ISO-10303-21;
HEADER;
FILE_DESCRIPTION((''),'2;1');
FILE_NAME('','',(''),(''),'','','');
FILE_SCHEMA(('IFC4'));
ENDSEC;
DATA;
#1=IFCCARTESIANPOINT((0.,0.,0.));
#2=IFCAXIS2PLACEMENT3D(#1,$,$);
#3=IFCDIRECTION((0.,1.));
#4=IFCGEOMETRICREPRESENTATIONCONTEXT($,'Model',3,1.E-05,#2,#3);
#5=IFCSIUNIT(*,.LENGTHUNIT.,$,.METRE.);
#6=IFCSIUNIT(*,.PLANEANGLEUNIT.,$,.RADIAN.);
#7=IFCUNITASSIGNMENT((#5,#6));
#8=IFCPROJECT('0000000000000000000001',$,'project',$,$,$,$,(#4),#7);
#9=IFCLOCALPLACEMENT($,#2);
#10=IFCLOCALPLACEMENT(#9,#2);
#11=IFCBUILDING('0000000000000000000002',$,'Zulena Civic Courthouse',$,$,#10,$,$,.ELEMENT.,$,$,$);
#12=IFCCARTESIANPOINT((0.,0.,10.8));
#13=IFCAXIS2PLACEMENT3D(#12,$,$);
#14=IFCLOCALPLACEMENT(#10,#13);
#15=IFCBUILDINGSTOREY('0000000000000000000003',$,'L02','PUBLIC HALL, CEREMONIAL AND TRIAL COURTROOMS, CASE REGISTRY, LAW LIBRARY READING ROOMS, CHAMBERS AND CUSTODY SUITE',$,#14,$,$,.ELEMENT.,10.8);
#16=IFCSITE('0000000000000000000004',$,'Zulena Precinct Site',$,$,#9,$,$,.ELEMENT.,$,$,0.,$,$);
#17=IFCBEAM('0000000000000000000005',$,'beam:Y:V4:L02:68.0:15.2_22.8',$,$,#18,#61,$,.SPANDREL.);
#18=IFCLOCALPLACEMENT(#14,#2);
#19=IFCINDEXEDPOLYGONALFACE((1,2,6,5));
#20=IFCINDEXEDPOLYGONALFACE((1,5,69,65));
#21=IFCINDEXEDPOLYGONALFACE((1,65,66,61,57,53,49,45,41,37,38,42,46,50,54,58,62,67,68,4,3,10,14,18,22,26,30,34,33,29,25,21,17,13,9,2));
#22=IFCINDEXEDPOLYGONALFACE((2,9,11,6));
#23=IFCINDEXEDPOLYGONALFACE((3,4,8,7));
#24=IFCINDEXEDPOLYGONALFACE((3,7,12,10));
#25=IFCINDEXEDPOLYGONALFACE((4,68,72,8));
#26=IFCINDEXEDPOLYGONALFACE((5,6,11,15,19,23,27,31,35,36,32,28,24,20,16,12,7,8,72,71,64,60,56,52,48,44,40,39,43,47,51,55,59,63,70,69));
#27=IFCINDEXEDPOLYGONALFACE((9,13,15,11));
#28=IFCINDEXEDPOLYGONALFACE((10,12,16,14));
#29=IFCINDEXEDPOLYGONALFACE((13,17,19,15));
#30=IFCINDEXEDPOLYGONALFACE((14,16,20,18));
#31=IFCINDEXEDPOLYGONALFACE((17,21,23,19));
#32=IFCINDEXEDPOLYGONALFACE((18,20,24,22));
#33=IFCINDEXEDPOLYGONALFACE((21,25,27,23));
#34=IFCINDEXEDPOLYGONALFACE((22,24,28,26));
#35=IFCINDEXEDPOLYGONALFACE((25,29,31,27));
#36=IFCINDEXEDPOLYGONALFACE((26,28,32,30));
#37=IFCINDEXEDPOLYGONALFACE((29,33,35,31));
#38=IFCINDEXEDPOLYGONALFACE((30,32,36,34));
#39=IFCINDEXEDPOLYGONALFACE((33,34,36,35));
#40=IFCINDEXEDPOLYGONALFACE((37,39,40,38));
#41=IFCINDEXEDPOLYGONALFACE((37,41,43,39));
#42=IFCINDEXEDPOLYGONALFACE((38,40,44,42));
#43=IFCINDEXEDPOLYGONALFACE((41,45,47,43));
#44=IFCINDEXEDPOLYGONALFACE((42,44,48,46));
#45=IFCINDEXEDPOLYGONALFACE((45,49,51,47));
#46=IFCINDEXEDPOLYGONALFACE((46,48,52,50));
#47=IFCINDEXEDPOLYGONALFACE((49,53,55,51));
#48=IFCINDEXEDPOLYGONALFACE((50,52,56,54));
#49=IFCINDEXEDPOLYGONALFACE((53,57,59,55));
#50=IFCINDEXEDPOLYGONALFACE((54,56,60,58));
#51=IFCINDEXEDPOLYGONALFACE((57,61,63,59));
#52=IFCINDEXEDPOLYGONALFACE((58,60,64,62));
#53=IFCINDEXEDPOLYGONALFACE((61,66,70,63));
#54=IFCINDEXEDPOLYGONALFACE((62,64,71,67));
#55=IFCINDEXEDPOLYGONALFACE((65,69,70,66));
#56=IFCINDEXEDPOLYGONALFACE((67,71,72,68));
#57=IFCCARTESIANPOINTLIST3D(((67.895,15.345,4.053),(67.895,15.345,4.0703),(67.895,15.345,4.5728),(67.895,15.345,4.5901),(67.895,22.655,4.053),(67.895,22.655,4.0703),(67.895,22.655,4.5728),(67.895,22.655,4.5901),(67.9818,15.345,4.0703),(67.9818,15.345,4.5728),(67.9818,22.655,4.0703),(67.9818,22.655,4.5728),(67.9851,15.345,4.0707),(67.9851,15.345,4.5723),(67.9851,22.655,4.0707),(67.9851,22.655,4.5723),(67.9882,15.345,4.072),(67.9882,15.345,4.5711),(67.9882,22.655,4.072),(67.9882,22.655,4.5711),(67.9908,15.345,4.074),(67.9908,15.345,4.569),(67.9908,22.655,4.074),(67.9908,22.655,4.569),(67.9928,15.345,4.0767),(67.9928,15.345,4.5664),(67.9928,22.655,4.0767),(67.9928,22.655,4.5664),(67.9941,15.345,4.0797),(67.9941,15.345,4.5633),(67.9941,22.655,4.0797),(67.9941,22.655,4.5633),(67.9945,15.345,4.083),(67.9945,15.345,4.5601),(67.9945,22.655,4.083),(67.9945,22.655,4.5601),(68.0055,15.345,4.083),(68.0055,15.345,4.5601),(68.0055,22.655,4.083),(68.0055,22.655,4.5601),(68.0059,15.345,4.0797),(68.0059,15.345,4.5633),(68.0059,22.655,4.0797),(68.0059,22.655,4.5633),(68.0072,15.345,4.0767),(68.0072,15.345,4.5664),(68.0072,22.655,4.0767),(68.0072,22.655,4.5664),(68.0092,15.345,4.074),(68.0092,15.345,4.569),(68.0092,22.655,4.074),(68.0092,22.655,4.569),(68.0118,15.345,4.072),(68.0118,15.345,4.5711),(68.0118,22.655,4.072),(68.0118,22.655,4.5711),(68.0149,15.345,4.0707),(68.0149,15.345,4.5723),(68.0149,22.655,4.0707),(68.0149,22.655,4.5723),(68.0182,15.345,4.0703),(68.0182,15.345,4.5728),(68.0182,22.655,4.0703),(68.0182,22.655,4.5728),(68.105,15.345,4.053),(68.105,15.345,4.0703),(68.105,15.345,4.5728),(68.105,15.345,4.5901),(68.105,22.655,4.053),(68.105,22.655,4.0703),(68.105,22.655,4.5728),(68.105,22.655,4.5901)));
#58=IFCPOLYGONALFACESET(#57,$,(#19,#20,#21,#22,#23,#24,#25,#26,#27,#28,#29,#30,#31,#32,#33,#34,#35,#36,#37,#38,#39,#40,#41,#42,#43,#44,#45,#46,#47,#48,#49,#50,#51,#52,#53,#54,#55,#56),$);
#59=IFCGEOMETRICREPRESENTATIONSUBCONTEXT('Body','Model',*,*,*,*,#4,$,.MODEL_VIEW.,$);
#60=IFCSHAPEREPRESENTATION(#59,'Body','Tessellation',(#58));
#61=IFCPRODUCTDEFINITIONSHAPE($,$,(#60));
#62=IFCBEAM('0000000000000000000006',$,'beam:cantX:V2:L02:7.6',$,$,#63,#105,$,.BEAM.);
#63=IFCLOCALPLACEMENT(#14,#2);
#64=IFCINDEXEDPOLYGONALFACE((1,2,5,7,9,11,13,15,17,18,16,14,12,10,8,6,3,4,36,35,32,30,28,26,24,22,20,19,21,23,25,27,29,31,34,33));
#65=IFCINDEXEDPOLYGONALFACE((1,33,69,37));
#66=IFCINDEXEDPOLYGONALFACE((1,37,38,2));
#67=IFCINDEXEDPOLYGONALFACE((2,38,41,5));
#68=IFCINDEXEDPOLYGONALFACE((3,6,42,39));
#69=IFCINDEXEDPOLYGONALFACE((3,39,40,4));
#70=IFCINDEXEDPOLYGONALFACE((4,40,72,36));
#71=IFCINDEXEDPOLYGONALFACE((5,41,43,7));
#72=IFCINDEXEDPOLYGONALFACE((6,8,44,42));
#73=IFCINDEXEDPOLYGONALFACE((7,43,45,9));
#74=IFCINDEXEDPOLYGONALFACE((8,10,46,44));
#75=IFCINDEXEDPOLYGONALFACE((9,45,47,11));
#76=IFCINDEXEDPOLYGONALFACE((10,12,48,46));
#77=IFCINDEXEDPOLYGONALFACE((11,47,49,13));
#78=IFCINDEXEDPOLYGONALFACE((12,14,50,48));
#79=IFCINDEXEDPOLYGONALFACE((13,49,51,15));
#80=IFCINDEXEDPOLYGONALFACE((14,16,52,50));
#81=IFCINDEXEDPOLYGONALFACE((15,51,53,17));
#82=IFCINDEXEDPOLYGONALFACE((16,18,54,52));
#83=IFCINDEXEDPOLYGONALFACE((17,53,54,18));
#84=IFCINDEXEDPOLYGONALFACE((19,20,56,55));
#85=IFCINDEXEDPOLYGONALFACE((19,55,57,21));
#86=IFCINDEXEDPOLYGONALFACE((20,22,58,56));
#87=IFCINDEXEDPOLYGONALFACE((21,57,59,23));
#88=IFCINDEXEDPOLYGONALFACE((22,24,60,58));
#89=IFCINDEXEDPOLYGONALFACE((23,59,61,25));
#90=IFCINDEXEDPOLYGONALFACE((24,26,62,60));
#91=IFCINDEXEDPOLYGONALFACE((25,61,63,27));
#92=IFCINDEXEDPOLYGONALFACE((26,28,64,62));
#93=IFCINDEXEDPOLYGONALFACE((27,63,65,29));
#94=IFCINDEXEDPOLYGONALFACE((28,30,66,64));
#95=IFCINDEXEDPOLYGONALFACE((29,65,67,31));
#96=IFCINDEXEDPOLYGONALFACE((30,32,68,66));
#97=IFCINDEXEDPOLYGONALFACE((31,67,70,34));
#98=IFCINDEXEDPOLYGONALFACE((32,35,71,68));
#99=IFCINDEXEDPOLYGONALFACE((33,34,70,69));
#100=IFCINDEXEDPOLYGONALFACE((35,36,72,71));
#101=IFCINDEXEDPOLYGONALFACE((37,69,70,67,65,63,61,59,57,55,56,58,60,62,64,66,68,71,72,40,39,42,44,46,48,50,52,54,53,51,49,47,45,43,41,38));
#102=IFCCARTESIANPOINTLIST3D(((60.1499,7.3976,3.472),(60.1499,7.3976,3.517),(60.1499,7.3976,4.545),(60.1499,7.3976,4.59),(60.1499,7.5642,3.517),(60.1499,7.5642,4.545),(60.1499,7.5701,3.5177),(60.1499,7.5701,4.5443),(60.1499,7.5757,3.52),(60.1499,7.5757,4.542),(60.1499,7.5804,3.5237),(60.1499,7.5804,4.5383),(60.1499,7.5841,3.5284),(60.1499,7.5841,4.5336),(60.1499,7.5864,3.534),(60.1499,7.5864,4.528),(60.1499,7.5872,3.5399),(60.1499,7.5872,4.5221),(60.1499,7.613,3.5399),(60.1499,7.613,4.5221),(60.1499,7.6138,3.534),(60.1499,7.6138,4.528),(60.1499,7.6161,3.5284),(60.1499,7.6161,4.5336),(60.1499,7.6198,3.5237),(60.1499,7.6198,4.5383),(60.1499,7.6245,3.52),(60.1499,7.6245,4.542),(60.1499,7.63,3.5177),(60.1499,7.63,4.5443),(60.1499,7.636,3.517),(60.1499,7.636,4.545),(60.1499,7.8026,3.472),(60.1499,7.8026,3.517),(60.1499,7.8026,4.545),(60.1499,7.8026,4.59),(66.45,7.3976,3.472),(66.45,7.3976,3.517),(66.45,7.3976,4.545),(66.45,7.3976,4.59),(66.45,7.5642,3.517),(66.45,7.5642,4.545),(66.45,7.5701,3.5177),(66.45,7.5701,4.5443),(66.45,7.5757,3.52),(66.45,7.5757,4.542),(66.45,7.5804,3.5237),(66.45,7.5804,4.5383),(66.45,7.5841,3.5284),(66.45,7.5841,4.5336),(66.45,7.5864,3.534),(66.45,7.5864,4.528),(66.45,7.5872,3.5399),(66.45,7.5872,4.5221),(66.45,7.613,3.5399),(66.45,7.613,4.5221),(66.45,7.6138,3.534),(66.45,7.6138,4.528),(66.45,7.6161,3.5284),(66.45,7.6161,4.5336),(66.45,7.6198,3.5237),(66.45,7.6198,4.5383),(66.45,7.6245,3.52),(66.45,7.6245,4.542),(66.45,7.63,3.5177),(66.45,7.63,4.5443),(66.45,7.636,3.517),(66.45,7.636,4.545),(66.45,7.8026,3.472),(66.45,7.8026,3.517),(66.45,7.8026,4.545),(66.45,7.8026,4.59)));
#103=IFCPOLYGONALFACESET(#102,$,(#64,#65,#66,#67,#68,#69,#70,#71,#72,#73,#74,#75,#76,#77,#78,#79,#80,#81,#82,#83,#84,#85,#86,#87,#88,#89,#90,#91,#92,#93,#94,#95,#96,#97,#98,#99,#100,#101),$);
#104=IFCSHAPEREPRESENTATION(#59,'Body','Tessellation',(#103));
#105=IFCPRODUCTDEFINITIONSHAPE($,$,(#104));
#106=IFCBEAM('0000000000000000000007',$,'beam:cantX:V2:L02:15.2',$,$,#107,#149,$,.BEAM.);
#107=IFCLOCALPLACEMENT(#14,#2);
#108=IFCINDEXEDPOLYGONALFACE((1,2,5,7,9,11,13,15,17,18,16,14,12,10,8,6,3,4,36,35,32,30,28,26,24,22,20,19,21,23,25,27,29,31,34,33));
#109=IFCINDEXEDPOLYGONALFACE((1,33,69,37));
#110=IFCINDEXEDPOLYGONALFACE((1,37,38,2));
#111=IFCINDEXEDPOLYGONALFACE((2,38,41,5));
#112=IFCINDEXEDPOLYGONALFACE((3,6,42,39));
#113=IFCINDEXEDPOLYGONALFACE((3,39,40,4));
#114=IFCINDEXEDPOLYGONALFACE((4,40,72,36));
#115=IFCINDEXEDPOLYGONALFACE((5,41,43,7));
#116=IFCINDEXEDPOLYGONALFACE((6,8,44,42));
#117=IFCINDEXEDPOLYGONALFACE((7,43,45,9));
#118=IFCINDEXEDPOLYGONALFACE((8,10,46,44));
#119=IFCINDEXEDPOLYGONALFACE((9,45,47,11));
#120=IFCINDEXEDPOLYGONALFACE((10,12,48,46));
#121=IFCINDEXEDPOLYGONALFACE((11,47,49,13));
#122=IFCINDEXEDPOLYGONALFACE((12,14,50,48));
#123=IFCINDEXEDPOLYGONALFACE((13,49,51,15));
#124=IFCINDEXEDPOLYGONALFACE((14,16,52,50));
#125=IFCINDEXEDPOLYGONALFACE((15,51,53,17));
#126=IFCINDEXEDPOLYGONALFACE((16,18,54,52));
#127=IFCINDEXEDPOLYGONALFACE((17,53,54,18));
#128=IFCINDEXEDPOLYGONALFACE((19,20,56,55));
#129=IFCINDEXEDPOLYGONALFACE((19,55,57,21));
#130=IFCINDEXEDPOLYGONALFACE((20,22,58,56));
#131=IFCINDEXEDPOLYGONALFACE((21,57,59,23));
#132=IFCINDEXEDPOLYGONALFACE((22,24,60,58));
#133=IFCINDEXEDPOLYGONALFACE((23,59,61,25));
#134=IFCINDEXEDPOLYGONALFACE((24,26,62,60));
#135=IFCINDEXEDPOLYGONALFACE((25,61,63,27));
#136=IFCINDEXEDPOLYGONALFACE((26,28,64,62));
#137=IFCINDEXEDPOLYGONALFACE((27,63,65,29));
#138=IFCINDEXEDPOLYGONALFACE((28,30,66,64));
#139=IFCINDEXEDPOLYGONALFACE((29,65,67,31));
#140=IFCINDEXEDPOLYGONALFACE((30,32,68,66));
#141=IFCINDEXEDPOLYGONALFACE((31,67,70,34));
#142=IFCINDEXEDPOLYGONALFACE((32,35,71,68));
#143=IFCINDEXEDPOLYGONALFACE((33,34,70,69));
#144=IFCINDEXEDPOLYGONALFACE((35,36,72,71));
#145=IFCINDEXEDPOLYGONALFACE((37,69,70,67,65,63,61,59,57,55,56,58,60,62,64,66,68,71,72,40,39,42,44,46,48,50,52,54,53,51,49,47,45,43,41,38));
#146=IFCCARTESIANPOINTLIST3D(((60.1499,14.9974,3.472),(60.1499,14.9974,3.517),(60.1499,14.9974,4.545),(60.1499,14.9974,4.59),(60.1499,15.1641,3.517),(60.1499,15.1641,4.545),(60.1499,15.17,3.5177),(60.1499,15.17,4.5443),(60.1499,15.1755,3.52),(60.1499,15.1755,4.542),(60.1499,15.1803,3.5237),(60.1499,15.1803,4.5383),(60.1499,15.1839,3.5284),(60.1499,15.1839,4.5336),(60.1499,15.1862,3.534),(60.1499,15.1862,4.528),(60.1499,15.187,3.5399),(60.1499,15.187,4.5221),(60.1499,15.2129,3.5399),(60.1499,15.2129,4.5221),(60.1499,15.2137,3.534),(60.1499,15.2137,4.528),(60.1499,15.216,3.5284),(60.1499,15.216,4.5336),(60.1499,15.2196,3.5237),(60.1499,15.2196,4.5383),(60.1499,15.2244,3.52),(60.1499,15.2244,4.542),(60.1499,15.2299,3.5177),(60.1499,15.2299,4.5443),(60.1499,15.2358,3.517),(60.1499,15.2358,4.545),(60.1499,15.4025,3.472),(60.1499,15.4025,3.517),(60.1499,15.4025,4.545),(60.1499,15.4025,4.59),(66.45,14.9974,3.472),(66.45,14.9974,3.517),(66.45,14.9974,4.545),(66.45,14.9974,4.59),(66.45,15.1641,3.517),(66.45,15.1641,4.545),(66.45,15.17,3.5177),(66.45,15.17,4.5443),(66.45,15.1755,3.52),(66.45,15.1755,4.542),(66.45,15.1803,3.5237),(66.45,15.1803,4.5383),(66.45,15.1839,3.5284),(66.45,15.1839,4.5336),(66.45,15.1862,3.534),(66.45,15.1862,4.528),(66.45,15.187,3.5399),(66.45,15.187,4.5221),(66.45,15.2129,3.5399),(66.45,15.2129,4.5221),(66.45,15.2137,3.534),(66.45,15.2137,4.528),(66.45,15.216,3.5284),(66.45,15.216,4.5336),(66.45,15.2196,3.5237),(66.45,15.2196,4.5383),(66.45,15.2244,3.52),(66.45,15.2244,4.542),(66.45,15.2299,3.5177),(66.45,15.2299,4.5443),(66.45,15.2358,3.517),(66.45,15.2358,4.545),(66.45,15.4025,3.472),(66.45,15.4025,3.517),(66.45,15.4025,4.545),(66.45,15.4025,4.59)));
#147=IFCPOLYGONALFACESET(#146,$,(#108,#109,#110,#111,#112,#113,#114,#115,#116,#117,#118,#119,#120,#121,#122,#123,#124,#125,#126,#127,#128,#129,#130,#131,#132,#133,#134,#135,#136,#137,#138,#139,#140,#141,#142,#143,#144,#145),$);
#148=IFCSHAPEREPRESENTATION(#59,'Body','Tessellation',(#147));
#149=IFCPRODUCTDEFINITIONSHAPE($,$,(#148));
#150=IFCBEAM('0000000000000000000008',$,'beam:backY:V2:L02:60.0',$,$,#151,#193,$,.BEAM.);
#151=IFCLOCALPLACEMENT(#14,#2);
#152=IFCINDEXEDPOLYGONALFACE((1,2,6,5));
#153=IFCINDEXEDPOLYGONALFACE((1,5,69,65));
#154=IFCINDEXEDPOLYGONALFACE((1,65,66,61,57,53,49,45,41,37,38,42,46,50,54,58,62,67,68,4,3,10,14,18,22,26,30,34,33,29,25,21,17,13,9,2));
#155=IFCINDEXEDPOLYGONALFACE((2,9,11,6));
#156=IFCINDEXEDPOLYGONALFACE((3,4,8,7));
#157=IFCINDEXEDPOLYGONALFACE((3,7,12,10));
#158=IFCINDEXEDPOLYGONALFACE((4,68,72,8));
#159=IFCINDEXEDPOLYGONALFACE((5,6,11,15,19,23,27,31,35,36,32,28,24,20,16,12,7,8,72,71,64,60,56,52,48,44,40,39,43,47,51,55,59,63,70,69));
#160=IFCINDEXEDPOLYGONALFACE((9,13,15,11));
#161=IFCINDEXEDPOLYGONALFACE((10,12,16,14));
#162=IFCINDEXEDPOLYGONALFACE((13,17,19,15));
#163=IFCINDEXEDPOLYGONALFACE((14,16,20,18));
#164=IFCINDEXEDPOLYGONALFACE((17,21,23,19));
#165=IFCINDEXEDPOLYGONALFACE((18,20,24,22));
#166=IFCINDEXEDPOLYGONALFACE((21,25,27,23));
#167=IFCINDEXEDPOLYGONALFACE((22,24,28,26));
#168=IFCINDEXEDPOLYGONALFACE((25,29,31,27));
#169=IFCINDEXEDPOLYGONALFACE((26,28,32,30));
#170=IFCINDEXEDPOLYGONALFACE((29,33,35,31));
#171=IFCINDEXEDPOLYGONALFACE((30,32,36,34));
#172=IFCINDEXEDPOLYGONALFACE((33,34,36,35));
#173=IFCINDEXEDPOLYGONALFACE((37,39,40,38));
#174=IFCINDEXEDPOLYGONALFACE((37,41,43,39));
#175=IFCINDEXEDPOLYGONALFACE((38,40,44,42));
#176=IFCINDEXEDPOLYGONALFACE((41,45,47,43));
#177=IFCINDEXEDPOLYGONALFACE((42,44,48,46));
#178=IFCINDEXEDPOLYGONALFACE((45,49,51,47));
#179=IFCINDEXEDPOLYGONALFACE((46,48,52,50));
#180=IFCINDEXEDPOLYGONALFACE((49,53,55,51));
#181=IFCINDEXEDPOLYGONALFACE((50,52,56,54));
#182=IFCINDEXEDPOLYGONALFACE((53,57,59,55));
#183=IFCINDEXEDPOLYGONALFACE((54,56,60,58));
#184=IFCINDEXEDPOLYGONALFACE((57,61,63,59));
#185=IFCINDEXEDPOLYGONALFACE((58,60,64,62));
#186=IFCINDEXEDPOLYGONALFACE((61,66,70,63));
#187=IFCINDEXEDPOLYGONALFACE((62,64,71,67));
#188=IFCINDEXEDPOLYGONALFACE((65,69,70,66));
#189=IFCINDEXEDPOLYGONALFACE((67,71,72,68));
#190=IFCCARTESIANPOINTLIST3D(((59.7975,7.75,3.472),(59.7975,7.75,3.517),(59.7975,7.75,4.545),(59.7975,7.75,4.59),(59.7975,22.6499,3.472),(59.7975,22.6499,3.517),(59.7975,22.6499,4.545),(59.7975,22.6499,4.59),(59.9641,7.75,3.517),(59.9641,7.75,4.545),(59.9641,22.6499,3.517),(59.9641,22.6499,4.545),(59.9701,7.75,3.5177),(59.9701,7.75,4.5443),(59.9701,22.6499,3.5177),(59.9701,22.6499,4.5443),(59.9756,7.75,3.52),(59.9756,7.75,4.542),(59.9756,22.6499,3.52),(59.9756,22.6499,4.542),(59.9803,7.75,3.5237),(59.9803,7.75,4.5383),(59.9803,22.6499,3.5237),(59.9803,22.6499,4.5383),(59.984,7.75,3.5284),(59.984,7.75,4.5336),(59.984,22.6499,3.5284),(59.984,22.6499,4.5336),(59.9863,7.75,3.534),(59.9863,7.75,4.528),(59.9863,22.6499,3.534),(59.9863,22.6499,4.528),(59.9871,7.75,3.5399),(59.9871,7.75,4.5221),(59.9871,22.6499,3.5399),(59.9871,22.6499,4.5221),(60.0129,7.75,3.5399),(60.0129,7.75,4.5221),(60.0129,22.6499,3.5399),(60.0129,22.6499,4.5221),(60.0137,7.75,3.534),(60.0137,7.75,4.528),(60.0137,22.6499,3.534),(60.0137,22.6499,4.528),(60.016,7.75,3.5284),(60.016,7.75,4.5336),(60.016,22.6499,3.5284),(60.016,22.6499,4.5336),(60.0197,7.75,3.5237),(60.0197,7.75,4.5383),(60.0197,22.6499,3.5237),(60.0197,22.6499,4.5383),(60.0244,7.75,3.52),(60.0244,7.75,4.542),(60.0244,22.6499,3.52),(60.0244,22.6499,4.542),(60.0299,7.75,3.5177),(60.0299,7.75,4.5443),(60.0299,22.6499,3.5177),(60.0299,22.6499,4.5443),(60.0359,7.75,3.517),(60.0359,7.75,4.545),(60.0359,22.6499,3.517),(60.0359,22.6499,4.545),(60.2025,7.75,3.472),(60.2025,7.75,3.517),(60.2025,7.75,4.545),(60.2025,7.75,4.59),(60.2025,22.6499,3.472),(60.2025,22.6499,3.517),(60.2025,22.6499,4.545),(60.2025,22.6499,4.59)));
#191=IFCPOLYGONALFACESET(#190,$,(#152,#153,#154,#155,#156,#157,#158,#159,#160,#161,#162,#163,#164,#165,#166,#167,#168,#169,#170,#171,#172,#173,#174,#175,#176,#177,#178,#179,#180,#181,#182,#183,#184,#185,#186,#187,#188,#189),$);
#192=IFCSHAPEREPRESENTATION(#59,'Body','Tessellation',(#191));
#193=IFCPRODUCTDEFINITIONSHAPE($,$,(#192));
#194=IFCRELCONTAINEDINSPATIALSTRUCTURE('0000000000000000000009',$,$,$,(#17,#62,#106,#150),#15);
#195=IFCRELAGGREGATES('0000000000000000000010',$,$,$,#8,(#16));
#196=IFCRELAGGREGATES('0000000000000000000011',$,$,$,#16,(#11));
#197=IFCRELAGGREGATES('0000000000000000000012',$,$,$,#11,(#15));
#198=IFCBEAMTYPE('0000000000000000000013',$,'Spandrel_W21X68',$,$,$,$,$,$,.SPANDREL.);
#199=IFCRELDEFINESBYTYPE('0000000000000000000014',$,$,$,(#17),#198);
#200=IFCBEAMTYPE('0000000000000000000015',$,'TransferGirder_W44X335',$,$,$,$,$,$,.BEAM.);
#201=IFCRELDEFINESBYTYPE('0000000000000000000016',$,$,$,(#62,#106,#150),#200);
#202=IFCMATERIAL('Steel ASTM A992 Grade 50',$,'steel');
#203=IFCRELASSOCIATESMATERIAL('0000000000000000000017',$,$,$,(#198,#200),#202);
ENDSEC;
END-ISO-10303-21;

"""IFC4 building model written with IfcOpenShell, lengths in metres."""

from ifc_helpers import new_model, si_unit, direction, frame, origin, origin_2d, place, context, subcontext, project, spatial, i_section, extrude, material, material_profile, profile_set, type_object, element, save


model = new_model("IFC4")

# Units and contexts
model_context = context("Model", 3, precision=1e-05, world=origin(), true_north=direction((0.0, 1.0)))
body_context = subcontext(model_context, "Body", "Model", "MODEL_VIEW")
ifc_project = project(units=[si_unit("LENGTHUNIT", "METRE"), si_unit("PLANEANGLEUNIT", "RADIAN")], contexts=[model_context])

# Site, building, storey
site_placement = place(None, origin())
site = spatial("IfcSite", under=ifc_project, at=site_placement, Name="Zulena Precinct Site", CompositionType="ELEMENT", RefElevation=0.0)
building_placement = place(site_placement, origin())
building = spatial("IfcBuilding", under=site, at=building_placement, Name="Zulena Civic Courthouse", CompositionType="ELEMENT")
storey_placement = place(building_placement, frame((0.0, 0.0, 10.8)))
storey = spatial("IfcBuildingStorey", under=building, at=storey_placement, Name="L02", Description="PUBLIC HALL, CEREMONIAL AND TRIAL COURTROOMS, CASE REGISTRY, LAW LIBRARY READING ROOMS, CHAMBERS AND CUSTODY SUITE", CompositionType="ELEMENT", Elevation=10.8)

# Shared definitions
ifc_material_1 = material(Name="Steel ASTM A992 Grade 50", Category="steel")

# Beams
ifc_material_profile_1 = material_profile(ifc_material_1, i_section(OverallWidth=0.21, OverallDepth=0.5371, WebThickness=0.011, FlangeThickness=0.0173, FilletRadius=0.0127, at=origin_2d()), Name="W21X68")
ifc_profile_set_1 = profile_set([ifc_material_profile_1], Name="Steel ASTM A992 Grade 50")
beam_type_1 = type_object("IfcBeamType", Name="Spandrel_W21X68", PredefinedType="SPANDREL", material=ifc_profile_set_1)
beam_1_placement = place(storey_placement, frame((68.0, 15.345, 4.3215), z_axis=(0.0, 1.0, 0.0), x_axis=(-1.0, 0.0, 0.0)))
element("IfcBeam", 1, at=beam_1_placement, inside=storey, type_object=beam_type_1, Name="beam:Y:V4:L02:68.0:15.2_22.8", PredefinedType="SPANDREL", context=body_context, shape_type="SweptSolid", body=[
    extrude(i_section(OverallWidth=0.21, OverallDepth=0.5371, WebThickness=0.011, FlangeThickness=0.0173, FilletRadius=0.0127, at=origin_2d()), origin(), (0.0, 0.0, 1.0), 7.3101),
])
ifc_material_profile_2 = material_profile(ifc_material_1, i_section(OverallWidth=0.405, OverallDepth=1.1179, WebThickness=0.0259, FlangeThickness=0.0449, FilletRadius=0.0229, at=origin_2d()), Name="W44X335")
ifc_profile_set_2 = profile_set([ifc_material_profile_2], Name="Steel ASTM A992 Grade 50")
beam_type_2 = type_object("IfcBeamType", Name="TransferGirder_W44X335", PredefinedType="BEAM", material=ifc_profile_set_2)
for number, where, z_axis, x_axis, name in (
    (2, (60.1499, 7.6001, 4.031), (1.0, 0.0, 0.0), (0.0, 1.0, 0.0), "beam:cantX:V2:L02:7.6"),
    (3, (60.1499, 15.2, 4.031), (1.0, 0.0, 0.0), (0.0, 1.0, 0.0), "beam:cantX:V2:L02:15.2"),
):
    element("IfcBeam", number, at=place(storey_placement, frame(where, z_axis=z_axis, x_axis=x_axis)), inside=storey, type_object=beam_type_2, Name=name, PredefinedType="BEAM", context=body_context, shape_type="SweptSolid", body=[
        extrude(i_section(OverallWidth=0.405, OverallDepth=1.1179, WebThickness=0.0259, FlangeThickness=0.0449, FilletRadius=0.0229, at=origin_2d()), origin(), (0.0, 0.0, 1.0), 6.3),
    ])
beam_2_placement = place(storey_placement, frame((60.0, 7.75, 4.031), z_axis=(0.0, 1.0, 0.0), x_axis=(-1.0, 0.0, 0.0)))
element("IfcBeam", 4, at=beam_2_placement, inside=storey, type_object=beam_type_2, Name="beam:backY:V2:L02:60.0", PredefinedType="BEAM", context=body_context, shape_type="SweptSolid", body=[
    extrude(i_section(OverallWidth=0.405, OverallDepth=1.1179, WebThickness=0.0259, FlangeThickness=0.0449, FilletRadius=0.0229, at=origin_2d()), origin(), (0.0, 0.0, 1.0), 14.8999),
])

save(model, "model.ifc")
